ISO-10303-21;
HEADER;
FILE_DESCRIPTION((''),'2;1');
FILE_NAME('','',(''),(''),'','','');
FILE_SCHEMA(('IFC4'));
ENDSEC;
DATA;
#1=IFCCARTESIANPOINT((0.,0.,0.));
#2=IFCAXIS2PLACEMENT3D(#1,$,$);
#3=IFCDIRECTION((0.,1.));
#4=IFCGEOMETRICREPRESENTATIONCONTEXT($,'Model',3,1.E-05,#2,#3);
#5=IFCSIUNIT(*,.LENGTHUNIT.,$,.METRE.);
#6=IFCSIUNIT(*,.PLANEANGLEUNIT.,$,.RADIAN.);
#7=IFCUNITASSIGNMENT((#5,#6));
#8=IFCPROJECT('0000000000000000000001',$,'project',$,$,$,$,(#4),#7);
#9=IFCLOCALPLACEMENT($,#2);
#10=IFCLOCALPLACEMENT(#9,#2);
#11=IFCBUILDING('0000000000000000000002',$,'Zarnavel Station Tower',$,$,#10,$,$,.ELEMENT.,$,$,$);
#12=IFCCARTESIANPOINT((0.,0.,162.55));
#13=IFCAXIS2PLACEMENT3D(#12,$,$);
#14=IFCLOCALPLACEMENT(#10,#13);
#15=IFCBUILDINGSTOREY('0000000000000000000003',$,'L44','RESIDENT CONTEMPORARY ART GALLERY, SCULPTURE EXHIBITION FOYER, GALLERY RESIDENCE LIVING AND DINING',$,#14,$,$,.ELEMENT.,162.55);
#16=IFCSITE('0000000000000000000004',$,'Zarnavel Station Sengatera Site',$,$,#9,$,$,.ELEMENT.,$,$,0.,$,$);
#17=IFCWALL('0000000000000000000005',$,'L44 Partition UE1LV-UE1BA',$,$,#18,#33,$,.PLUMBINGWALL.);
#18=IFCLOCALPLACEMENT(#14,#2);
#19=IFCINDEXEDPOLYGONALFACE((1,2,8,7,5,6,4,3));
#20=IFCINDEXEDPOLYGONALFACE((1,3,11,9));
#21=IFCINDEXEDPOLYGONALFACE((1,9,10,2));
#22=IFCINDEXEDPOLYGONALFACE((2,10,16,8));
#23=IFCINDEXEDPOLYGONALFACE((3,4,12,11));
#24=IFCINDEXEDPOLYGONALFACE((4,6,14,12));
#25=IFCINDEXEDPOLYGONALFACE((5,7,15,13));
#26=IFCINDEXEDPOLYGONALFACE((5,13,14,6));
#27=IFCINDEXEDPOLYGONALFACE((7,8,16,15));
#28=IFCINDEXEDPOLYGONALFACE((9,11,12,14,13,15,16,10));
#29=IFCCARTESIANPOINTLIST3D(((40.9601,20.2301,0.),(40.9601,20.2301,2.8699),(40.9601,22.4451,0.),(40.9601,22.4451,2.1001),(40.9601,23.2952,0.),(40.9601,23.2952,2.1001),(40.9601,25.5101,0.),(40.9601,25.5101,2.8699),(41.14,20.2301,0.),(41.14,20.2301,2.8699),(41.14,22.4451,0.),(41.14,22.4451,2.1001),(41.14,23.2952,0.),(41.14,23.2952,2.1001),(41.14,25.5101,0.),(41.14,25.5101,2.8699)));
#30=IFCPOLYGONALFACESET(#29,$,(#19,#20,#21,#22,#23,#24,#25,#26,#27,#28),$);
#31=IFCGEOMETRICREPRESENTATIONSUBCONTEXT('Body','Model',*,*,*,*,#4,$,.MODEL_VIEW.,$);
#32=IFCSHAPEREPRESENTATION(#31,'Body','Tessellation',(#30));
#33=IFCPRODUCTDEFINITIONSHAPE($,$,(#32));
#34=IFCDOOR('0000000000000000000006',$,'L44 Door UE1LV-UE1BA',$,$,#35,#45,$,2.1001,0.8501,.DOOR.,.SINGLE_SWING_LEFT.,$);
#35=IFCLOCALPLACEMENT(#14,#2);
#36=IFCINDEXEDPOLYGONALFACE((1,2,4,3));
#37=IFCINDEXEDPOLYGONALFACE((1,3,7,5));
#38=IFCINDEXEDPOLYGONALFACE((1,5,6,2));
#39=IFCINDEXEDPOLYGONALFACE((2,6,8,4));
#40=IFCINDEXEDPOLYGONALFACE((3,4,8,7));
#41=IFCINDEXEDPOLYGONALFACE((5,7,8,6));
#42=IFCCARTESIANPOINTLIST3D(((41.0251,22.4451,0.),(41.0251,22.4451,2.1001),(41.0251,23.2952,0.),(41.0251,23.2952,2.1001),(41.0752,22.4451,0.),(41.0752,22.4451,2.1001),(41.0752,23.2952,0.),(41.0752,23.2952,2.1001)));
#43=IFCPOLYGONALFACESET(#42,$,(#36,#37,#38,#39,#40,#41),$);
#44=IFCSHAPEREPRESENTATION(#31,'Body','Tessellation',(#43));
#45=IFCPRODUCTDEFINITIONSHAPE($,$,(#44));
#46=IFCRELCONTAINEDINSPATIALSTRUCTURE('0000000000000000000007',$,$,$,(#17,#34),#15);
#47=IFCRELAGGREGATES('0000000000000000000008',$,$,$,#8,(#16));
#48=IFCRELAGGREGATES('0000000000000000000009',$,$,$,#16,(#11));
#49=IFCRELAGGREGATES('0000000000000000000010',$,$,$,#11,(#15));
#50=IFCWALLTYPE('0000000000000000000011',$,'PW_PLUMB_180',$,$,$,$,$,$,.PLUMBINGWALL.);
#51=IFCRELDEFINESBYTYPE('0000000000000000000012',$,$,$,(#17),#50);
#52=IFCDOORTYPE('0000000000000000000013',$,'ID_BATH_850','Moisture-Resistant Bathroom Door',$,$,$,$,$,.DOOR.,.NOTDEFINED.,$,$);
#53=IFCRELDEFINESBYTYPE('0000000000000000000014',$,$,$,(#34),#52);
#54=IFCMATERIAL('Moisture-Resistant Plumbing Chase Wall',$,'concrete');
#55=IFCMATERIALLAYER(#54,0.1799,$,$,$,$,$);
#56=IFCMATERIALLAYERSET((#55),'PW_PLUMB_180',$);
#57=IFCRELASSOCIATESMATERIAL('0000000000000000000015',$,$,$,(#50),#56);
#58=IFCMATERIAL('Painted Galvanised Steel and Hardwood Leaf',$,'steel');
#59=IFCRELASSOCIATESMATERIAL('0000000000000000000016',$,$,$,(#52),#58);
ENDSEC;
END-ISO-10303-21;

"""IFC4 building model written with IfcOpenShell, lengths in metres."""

from ifc_helpers import new_model, si_unit, direction, frame, frame_2d, origin, place, context, subcontext, project, spatial, rectangle, extrude, material, layer, layer_set, type_object, element, fill, save


model = new_model("IFC4")

# Units and contexts
model_context = context("Model", 3, precision=1e-05, world=origin(), true_north=direction((0.0, 1.0)))
body_context = subcontext(model_context, "Body", "Model", "MODEL_VIEW")
ifc_project = project(units=[si_unit("LENGTHUNIT", "METRE"), si_unit("PLANEANGLEUNIT", "RADIAN")], contexts=[model_context])

# Site, building, storey
site_placement = place(None, origin())
site = spatial("IfcSite", under=ifc_project, at=site_placement, Name="Zarnavel Station Sengatera Site", CompositionType="ELEMENT", RefElevation=0.0)
building_placement = place(site_placement, origin())
building = spatial("IfcBuilding", under=site, at=building_placement, Name="Zarnavel Station Tower", CompositionType="ELEMENT")
storey_placement = place(building_placement, frame((0.0, 0.0, 162.55)))
storey = spatial("IfcBuildingStorey", under=building, at=storey_placement, Name="L44", Description="RESIDENT CONTEMPORARY ART GALLERY, SCULPTURE EXHIBITION FOYER, GALLERY RESIDENCE LIVING AND DINING", CompositionType="ELEMENT", Elevation=162.55)

# Wall, opening, door
ifc_material_1 = material(Name="Moisture-Resistant Plumbing Chase Wall", Category="concrete")
ifc_layer_1 = layer(ifc_material_1, 0.1799)
ifc_layer_set_1 = layer_set([ifc_layer_1], Name="PW_PLUMB_180")
wall_type_1 = type_object("IfcWallType", Name="PW_PLUMB_180", PredefinedType="PLUMBINGWALL", material=ifc_layer_set_1)
wall_1_placement = place(storey_placement, frame((41.05, 20.23, 0.0), z_axis=(0.0, 0.0, 1.0), x_axis=(0.0, 1.0, 0.0)))
wall_1 = element("IfcWall", 1, at=wall_1_placement, inside=storey, type_object=wall_type_1, Name="L44 Partition UE1LV-UE1BA", PredefinedType="PLUMBINGWALL", context=body_context, shape_type="SweptSolid", body=[
    extrude(rectangle(XDim=5.28, YDim=0.1799, at=frame_2d((2.6401, 0.0))), origin(), (0.0, 0.0, 1.0), 2.8699),
])
opening_1_placement = place(wall_1_placement, frame((2.2151, 0.0, 0.0)))
opening_1 = element("IfcOpeningElement", 2, at=opening_1_placement, cuts=wall_1, PredefinedType="OPENING", context=body_context, shape_type="SweptSolid", body=[
    extrude(rectangle(XDim=0.8501, YDim=2.1001, at=frame_2d((0.425, 1.05))), frame((0.0, 0.0999, 0.0), z_axis=(0.0, -1.0, 0.0), x_axis=(1.0, 0.0, 0.0)), (0.0, 0.0, 1.0), 0.2),
])
ifc_material_2 = material(Name="Painted Galvanised Steel and Hardwood Leaf", Category="steel")
door_type_1 = type_object("IfcDoorType", Name="ID_BATH_850", Description="Moisture-Resistant Bathroom Door", OperationType="NOTDEFINED", PredefinedType="DOOR", material=ifc_material_2)
door_1_placement = place(opening_1_placement, origin())
door_1 = element("IfcDoor", 3, at=door_1_placement, inside=storey, type_object=door_type_1, Name="L44 Door UE1LV-UE1BA", OperationType="SINGLE_SWING_LEFT", OverallHeight=2.1001, OverallWidth=0.8501, PredefinedType="DOOR", context=body_context, shape_type="SweptSolid", body=[
    extrude(rectangle(XDim=0.8501, YDim=2.1001, at=frame_2d((0.425, 1.05))), frame((0.0, 0.0249, 0.0), z_axis=(0.0, -1.0, 0.0), x_axis=(1.0, 0.0, 0.0)), (0.0, 0.0, 1.0), 0.05),
])
fill(opening_1, door_1)

save(model, "model.ifc")
